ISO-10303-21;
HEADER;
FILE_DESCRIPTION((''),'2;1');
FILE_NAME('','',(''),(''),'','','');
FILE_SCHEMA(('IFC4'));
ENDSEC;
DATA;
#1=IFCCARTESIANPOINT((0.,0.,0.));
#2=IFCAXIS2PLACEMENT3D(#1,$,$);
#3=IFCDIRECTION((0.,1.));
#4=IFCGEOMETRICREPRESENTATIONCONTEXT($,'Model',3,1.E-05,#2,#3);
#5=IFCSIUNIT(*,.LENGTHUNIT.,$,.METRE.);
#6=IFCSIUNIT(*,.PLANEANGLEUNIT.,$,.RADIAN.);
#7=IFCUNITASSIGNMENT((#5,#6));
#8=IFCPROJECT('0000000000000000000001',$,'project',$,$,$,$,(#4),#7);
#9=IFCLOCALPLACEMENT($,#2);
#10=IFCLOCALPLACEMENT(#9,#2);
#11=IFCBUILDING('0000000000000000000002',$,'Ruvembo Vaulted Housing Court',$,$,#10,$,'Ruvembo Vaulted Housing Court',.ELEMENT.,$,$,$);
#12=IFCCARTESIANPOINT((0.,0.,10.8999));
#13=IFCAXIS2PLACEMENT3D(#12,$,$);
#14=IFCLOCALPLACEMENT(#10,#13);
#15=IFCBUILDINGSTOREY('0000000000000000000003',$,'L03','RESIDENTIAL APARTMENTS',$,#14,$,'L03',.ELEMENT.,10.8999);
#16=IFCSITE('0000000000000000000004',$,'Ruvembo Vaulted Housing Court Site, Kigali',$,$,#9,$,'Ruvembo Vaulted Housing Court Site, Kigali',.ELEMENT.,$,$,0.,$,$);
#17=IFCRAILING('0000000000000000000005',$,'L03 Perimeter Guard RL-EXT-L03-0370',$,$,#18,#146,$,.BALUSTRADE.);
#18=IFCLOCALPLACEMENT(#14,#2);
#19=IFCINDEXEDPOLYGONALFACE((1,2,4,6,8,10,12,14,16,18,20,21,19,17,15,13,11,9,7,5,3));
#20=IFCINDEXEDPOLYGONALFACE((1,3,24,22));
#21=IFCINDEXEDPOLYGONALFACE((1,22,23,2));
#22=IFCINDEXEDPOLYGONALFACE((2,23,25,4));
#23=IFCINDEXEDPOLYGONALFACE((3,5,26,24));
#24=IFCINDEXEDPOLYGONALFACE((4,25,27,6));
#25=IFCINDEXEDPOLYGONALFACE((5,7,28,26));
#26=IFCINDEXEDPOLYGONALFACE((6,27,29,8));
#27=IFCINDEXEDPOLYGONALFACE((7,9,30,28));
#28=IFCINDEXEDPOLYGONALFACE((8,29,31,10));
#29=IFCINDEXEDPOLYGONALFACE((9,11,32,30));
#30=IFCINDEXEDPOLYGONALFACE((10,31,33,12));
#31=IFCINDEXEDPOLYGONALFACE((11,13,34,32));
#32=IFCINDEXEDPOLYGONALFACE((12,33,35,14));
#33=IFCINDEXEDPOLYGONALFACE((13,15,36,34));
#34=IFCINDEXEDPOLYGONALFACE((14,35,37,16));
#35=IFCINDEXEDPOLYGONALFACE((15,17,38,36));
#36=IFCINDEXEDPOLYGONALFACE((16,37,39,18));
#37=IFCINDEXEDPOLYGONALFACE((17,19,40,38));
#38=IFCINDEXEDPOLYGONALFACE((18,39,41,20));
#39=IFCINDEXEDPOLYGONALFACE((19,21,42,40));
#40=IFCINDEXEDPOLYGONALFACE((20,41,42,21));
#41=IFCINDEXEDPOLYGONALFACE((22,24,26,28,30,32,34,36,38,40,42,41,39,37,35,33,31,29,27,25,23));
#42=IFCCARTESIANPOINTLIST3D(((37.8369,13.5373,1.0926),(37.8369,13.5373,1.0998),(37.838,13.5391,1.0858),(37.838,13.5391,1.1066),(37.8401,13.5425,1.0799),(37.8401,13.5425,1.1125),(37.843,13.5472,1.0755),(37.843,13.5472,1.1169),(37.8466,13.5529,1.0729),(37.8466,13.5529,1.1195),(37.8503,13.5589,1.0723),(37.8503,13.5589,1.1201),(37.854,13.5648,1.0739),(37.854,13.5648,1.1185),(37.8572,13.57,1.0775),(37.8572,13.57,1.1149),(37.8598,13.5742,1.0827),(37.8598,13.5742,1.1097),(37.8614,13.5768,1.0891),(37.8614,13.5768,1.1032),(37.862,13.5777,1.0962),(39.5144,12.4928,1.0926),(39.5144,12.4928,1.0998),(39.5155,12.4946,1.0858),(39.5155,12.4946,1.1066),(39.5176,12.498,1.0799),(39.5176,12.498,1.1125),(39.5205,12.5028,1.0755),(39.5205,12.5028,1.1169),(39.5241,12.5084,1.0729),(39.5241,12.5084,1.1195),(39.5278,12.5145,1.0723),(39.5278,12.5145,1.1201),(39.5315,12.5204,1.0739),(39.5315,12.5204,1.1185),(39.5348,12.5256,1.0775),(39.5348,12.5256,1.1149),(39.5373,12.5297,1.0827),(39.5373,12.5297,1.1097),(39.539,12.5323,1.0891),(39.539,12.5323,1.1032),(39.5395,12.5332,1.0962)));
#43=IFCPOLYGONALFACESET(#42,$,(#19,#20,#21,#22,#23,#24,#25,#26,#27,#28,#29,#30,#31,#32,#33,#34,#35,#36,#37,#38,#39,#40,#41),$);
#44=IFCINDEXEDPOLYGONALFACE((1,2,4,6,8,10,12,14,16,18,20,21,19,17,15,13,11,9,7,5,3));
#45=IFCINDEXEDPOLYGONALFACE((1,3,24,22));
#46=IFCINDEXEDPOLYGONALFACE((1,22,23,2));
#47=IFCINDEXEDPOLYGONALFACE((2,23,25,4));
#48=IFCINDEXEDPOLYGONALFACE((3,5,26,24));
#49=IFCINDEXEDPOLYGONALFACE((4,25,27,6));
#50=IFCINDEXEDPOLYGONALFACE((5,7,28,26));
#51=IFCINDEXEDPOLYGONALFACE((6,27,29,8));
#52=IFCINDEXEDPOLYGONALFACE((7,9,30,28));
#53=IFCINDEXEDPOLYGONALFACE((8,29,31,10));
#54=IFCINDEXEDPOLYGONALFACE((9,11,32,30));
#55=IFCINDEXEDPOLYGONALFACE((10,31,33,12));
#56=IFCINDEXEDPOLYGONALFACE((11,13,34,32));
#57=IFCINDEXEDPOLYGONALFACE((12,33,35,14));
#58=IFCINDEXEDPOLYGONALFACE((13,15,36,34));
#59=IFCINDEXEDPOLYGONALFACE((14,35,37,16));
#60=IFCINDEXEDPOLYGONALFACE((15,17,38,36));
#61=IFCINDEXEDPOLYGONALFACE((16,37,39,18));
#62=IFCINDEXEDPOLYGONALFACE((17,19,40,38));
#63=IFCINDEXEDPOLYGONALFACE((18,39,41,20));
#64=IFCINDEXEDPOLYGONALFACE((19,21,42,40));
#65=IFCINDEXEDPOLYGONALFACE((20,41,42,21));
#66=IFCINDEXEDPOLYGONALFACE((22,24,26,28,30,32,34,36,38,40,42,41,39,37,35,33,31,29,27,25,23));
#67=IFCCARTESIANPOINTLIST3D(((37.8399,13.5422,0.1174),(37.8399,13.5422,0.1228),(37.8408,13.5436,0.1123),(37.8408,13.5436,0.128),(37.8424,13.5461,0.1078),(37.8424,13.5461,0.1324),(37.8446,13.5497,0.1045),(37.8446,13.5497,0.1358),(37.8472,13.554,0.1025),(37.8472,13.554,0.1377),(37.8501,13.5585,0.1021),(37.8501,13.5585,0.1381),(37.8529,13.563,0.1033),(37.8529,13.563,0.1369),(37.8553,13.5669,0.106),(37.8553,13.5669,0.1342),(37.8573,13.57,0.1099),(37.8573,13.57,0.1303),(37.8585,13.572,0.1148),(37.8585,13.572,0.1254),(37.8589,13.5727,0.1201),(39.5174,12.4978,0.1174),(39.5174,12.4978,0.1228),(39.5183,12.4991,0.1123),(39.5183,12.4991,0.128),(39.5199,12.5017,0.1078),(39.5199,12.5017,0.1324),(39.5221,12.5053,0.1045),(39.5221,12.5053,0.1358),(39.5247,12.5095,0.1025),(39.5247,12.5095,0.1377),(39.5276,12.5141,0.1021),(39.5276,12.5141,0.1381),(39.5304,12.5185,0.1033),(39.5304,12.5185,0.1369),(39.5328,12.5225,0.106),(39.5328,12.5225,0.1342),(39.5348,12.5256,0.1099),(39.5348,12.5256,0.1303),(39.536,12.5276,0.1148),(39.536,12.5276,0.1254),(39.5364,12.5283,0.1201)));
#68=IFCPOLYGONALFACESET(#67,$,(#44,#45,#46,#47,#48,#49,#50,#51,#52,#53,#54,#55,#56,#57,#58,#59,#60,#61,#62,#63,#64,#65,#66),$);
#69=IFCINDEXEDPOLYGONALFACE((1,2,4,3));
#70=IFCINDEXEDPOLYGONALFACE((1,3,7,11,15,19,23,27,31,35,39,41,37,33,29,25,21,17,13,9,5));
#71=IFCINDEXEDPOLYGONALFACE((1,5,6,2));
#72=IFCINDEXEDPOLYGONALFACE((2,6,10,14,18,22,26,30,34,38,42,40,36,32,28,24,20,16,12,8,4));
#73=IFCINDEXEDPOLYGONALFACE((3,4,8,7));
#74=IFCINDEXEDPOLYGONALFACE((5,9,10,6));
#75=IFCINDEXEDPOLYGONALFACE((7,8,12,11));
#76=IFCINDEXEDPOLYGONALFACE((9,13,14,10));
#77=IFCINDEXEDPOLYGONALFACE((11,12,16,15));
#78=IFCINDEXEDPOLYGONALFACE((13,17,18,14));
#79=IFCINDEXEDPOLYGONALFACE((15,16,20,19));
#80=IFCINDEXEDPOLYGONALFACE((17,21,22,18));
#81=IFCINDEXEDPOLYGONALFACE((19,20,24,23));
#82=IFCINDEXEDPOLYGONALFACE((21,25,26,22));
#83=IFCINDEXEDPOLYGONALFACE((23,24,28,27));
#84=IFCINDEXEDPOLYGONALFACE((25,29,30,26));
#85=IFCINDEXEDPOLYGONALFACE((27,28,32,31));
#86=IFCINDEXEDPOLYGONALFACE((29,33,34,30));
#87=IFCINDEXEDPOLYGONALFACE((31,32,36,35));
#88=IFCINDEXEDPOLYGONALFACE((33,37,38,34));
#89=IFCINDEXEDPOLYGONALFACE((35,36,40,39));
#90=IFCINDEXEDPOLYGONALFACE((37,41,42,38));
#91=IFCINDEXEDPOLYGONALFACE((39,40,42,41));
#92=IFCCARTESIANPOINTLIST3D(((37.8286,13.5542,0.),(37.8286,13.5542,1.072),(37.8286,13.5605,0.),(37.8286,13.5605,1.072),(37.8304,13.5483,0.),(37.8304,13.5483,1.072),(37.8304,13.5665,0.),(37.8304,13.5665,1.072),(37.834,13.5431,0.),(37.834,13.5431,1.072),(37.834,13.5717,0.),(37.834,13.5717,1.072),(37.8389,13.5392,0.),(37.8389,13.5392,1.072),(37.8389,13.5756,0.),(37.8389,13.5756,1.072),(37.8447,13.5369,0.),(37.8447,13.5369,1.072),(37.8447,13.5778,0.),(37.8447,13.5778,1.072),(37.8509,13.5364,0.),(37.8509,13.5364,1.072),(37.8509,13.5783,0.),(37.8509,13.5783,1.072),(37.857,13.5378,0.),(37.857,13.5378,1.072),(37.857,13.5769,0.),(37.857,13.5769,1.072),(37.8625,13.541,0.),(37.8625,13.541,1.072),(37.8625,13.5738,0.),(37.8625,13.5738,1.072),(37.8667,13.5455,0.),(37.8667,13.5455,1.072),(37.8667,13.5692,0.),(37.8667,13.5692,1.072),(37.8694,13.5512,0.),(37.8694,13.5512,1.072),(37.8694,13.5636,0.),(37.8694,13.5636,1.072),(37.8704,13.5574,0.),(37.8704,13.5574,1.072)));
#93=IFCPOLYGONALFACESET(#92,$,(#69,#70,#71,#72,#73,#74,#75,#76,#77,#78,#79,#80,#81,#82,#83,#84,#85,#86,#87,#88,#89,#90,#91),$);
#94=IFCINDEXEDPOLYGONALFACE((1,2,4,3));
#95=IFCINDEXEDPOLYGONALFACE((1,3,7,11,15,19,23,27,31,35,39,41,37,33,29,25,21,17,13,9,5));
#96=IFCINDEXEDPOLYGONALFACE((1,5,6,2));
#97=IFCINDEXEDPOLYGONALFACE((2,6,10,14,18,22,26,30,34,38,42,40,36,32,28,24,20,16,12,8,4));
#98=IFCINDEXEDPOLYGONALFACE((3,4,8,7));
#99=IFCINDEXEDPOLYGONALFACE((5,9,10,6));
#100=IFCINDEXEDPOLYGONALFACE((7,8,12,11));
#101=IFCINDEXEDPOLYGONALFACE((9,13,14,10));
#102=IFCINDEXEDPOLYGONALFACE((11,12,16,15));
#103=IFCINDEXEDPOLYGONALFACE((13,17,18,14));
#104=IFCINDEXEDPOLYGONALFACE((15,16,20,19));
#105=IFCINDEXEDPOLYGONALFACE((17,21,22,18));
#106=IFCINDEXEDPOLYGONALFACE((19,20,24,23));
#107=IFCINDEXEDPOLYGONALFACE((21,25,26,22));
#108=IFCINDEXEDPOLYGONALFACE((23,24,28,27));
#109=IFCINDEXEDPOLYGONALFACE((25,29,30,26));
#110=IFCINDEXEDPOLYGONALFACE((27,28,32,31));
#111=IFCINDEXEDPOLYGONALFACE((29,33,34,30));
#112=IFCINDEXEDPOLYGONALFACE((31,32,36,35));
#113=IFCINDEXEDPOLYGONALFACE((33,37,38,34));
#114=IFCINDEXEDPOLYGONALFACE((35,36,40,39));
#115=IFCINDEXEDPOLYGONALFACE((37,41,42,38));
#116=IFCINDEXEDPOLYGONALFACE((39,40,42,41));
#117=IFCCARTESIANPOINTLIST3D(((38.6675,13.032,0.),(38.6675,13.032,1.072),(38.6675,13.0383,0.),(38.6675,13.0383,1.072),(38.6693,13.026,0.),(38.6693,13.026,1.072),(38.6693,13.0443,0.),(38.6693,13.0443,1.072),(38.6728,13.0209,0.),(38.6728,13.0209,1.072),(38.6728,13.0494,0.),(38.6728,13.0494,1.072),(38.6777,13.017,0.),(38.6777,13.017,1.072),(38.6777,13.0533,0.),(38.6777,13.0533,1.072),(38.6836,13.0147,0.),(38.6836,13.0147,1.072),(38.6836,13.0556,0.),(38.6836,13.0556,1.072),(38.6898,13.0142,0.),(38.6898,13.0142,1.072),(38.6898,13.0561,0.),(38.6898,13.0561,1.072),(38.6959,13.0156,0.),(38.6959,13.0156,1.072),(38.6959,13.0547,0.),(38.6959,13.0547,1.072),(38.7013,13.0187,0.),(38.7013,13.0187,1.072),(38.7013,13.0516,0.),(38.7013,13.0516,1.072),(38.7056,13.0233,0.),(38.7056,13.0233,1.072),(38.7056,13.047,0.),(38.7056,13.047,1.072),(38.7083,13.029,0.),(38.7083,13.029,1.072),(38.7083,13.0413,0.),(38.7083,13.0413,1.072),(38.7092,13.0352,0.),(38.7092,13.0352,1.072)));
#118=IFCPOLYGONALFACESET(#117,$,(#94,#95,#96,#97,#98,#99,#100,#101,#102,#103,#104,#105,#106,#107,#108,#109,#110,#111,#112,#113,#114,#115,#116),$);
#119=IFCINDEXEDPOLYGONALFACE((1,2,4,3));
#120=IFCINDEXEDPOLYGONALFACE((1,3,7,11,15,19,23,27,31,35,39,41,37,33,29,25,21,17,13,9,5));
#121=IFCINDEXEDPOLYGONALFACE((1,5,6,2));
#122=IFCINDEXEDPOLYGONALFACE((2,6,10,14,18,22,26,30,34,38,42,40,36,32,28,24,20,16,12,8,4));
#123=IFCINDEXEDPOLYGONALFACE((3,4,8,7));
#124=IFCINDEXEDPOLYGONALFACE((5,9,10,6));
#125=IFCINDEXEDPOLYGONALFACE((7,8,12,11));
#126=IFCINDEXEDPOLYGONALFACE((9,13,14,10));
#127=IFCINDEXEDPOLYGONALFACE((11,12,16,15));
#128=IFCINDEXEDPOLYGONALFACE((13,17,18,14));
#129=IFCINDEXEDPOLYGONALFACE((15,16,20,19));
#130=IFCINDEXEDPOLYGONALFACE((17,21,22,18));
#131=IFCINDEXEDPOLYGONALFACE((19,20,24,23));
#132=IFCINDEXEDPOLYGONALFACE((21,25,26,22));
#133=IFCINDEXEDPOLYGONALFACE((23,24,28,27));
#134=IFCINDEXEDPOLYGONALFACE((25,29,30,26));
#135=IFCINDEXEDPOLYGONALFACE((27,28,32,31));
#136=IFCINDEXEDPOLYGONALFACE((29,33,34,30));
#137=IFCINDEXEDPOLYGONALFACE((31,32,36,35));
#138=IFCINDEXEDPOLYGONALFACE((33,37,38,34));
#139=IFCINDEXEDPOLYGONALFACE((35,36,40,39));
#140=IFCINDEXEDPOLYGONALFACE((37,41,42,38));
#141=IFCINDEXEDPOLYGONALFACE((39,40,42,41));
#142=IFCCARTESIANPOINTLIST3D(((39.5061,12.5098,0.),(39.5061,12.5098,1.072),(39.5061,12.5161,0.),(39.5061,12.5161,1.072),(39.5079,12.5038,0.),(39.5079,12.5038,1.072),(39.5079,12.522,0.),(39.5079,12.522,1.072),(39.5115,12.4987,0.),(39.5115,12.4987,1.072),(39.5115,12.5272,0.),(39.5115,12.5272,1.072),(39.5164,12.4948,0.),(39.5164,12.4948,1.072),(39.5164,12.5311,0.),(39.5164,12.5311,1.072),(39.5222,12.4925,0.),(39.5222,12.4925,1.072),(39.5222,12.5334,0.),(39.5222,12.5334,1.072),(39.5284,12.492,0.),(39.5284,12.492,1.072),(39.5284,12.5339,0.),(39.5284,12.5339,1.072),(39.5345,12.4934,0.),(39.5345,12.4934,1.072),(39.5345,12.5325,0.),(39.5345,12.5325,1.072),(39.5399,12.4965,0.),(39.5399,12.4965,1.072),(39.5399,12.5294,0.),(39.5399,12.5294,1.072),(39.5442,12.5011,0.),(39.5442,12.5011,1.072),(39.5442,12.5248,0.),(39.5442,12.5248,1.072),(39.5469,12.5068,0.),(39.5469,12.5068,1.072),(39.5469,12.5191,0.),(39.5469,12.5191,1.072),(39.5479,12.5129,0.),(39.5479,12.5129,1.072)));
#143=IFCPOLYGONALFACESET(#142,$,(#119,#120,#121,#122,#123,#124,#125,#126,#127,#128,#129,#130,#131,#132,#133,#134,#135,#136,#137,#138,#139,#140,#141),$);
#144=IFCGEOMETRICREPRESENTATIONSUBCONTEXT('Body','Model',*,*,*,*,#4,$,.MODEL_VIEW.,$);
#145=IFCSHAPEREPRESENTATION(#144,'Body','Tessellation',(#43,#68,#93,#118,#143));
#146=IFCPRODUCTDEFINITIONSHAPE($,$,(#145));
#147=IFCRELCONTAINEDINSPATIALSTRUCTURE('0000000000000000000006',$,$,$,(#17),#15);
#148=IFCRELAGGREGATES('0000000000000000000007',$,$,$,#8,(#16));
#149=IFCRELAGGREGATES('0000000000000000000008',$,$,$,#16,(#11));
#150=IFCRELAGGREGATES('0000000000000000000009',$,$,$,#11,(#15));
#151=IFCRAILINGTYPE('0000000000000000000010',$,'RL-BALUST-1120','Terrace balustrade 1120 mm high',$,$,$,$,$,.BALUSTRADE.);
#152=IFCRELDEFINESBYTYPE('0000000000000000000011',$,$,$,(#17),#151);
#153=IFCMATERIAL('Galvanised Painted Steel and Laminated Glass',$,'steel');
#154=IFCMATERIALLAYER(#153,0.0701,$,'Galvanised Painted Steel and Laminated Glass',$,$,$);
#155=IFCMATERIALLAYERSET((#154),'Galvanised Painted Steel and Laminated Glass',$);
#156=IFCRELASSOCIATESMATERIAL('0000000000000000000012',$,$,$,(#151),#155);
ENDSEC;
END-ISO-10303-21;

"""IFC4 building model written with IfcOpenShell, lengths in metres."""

from ifc_helpers import new_model, si_unit, direction, frame, origin, origin_2d, place, context, subcontext, project, spatial, circle, extrude, material, layer, layer_set, type_object, element, save


model = new_model("IFC4")

# Units and contexts
model_context = context("Model", 3, precision=1e-05, world=origin(), true_north=direction((0.0, 1.0)))
body_context = subcontext(model_context, "Body", "Model", "MODEL_VIEW")
ifc_project = project(units=[si_unit("LENGTHUNIT", "METRE"), si_unit("PLANEANGLEUNIT", "RADIAN")], contexts=[model_context])

# Site, building, storey
site_placement = place(None, origin())
site = spatial("IfcSite", under=ifc_project, at=site_placement, Name="Ruvembo Vaulted Housing Court Site, Kigali", LongName="Ruvembo Vaulted Housing Court Site, Kigali", CompositionType="ELEMENT", RefElevation=0.0)
building_placement = place(site_placement, origin())
building = spatial("IfcBuilding", under=site, at=building_placement, Name="Ruvembo Vaulted Housing Court", LongName="Ruvembo Vaulted Housing Court", CompositionType="ELEMENT")
storey_placement = place(building_placement, frame((0.0, 0.0, 10.8999)))
storey = spatial("IfcBuildingStorey", under=building, at=storey_placement, Name="L03", Description="RESIDENTIAL APARTMENTS", LongName="L03", CompositionType="ELEMENT", Elevation=10.8999)

# Railing
ifc_material_1 = material(Name="Galvanised Painted Steel and Laminated Glass", Category="steel")
ifc_layer_1 = layer(ifc_material_1, 0.0701, Name="Galvanised Painted Steel and Laminated Glass")
ifc_layer_set_1 = layer_set([ifc_layer_1], Name="Galvanised Painted Steel and Laminated Glass")
railing_type = type_object("IfcRailingType", Name="RL-BALUST-1120", Description="Terrace balustrade 1120 mm high", PredefinedType="BALUSTRADE", material=ifc_layer_set_1)
railing_placement = place(storey_placement, frame((37.8494, 13.5574, 0.0)))
element("IfcRailing", 1, at=railing_placement, inside=storey, type_object=railing_type, Name="L03 Perimeter Guard RL-EXT-L03-0370", PredefinedType="BALUSTRADE", context=body_context, shape_type="SweptSolid", body=[
    extrude(circle(Radius=0.0239, at=origin_2d()), frame((0.0, 0.0, 1.0962), z_axis=(0.848906, -0.528543, 0.0), x_axis=(0.528543, 0.848906, 0.0)), (0.0, 0.0, 1.0), 1.9761),
    extrude(circle(Radius=0.0181, at=origin_2d()), frame((0.0, 0.0, 0.1201), z_axis=(0.848906, -0.528543, 0.0), x_axis=(0.528543, 0.848906, 0.0)), (0.0, 0.0, 1.0), 1.9761),
    extrude(circle(Radius=0.021, at=origin_2d()), origin(), (0.0, 0.0, 1.0), 1.072),
    extrude(circle(Radius=0.021, at=origin_2d()), frame((0.8389, -0.5222, 0.0)), (0.0, 0.0, 1.0), 1.072),
    extrude(circle(Radius=0.021, at=origin_2d()), frame((1.6775, -1.0444, 0.0)), (0.0, 0.0, 1.0), 1.072),
])

save(model, "model.ifc")
